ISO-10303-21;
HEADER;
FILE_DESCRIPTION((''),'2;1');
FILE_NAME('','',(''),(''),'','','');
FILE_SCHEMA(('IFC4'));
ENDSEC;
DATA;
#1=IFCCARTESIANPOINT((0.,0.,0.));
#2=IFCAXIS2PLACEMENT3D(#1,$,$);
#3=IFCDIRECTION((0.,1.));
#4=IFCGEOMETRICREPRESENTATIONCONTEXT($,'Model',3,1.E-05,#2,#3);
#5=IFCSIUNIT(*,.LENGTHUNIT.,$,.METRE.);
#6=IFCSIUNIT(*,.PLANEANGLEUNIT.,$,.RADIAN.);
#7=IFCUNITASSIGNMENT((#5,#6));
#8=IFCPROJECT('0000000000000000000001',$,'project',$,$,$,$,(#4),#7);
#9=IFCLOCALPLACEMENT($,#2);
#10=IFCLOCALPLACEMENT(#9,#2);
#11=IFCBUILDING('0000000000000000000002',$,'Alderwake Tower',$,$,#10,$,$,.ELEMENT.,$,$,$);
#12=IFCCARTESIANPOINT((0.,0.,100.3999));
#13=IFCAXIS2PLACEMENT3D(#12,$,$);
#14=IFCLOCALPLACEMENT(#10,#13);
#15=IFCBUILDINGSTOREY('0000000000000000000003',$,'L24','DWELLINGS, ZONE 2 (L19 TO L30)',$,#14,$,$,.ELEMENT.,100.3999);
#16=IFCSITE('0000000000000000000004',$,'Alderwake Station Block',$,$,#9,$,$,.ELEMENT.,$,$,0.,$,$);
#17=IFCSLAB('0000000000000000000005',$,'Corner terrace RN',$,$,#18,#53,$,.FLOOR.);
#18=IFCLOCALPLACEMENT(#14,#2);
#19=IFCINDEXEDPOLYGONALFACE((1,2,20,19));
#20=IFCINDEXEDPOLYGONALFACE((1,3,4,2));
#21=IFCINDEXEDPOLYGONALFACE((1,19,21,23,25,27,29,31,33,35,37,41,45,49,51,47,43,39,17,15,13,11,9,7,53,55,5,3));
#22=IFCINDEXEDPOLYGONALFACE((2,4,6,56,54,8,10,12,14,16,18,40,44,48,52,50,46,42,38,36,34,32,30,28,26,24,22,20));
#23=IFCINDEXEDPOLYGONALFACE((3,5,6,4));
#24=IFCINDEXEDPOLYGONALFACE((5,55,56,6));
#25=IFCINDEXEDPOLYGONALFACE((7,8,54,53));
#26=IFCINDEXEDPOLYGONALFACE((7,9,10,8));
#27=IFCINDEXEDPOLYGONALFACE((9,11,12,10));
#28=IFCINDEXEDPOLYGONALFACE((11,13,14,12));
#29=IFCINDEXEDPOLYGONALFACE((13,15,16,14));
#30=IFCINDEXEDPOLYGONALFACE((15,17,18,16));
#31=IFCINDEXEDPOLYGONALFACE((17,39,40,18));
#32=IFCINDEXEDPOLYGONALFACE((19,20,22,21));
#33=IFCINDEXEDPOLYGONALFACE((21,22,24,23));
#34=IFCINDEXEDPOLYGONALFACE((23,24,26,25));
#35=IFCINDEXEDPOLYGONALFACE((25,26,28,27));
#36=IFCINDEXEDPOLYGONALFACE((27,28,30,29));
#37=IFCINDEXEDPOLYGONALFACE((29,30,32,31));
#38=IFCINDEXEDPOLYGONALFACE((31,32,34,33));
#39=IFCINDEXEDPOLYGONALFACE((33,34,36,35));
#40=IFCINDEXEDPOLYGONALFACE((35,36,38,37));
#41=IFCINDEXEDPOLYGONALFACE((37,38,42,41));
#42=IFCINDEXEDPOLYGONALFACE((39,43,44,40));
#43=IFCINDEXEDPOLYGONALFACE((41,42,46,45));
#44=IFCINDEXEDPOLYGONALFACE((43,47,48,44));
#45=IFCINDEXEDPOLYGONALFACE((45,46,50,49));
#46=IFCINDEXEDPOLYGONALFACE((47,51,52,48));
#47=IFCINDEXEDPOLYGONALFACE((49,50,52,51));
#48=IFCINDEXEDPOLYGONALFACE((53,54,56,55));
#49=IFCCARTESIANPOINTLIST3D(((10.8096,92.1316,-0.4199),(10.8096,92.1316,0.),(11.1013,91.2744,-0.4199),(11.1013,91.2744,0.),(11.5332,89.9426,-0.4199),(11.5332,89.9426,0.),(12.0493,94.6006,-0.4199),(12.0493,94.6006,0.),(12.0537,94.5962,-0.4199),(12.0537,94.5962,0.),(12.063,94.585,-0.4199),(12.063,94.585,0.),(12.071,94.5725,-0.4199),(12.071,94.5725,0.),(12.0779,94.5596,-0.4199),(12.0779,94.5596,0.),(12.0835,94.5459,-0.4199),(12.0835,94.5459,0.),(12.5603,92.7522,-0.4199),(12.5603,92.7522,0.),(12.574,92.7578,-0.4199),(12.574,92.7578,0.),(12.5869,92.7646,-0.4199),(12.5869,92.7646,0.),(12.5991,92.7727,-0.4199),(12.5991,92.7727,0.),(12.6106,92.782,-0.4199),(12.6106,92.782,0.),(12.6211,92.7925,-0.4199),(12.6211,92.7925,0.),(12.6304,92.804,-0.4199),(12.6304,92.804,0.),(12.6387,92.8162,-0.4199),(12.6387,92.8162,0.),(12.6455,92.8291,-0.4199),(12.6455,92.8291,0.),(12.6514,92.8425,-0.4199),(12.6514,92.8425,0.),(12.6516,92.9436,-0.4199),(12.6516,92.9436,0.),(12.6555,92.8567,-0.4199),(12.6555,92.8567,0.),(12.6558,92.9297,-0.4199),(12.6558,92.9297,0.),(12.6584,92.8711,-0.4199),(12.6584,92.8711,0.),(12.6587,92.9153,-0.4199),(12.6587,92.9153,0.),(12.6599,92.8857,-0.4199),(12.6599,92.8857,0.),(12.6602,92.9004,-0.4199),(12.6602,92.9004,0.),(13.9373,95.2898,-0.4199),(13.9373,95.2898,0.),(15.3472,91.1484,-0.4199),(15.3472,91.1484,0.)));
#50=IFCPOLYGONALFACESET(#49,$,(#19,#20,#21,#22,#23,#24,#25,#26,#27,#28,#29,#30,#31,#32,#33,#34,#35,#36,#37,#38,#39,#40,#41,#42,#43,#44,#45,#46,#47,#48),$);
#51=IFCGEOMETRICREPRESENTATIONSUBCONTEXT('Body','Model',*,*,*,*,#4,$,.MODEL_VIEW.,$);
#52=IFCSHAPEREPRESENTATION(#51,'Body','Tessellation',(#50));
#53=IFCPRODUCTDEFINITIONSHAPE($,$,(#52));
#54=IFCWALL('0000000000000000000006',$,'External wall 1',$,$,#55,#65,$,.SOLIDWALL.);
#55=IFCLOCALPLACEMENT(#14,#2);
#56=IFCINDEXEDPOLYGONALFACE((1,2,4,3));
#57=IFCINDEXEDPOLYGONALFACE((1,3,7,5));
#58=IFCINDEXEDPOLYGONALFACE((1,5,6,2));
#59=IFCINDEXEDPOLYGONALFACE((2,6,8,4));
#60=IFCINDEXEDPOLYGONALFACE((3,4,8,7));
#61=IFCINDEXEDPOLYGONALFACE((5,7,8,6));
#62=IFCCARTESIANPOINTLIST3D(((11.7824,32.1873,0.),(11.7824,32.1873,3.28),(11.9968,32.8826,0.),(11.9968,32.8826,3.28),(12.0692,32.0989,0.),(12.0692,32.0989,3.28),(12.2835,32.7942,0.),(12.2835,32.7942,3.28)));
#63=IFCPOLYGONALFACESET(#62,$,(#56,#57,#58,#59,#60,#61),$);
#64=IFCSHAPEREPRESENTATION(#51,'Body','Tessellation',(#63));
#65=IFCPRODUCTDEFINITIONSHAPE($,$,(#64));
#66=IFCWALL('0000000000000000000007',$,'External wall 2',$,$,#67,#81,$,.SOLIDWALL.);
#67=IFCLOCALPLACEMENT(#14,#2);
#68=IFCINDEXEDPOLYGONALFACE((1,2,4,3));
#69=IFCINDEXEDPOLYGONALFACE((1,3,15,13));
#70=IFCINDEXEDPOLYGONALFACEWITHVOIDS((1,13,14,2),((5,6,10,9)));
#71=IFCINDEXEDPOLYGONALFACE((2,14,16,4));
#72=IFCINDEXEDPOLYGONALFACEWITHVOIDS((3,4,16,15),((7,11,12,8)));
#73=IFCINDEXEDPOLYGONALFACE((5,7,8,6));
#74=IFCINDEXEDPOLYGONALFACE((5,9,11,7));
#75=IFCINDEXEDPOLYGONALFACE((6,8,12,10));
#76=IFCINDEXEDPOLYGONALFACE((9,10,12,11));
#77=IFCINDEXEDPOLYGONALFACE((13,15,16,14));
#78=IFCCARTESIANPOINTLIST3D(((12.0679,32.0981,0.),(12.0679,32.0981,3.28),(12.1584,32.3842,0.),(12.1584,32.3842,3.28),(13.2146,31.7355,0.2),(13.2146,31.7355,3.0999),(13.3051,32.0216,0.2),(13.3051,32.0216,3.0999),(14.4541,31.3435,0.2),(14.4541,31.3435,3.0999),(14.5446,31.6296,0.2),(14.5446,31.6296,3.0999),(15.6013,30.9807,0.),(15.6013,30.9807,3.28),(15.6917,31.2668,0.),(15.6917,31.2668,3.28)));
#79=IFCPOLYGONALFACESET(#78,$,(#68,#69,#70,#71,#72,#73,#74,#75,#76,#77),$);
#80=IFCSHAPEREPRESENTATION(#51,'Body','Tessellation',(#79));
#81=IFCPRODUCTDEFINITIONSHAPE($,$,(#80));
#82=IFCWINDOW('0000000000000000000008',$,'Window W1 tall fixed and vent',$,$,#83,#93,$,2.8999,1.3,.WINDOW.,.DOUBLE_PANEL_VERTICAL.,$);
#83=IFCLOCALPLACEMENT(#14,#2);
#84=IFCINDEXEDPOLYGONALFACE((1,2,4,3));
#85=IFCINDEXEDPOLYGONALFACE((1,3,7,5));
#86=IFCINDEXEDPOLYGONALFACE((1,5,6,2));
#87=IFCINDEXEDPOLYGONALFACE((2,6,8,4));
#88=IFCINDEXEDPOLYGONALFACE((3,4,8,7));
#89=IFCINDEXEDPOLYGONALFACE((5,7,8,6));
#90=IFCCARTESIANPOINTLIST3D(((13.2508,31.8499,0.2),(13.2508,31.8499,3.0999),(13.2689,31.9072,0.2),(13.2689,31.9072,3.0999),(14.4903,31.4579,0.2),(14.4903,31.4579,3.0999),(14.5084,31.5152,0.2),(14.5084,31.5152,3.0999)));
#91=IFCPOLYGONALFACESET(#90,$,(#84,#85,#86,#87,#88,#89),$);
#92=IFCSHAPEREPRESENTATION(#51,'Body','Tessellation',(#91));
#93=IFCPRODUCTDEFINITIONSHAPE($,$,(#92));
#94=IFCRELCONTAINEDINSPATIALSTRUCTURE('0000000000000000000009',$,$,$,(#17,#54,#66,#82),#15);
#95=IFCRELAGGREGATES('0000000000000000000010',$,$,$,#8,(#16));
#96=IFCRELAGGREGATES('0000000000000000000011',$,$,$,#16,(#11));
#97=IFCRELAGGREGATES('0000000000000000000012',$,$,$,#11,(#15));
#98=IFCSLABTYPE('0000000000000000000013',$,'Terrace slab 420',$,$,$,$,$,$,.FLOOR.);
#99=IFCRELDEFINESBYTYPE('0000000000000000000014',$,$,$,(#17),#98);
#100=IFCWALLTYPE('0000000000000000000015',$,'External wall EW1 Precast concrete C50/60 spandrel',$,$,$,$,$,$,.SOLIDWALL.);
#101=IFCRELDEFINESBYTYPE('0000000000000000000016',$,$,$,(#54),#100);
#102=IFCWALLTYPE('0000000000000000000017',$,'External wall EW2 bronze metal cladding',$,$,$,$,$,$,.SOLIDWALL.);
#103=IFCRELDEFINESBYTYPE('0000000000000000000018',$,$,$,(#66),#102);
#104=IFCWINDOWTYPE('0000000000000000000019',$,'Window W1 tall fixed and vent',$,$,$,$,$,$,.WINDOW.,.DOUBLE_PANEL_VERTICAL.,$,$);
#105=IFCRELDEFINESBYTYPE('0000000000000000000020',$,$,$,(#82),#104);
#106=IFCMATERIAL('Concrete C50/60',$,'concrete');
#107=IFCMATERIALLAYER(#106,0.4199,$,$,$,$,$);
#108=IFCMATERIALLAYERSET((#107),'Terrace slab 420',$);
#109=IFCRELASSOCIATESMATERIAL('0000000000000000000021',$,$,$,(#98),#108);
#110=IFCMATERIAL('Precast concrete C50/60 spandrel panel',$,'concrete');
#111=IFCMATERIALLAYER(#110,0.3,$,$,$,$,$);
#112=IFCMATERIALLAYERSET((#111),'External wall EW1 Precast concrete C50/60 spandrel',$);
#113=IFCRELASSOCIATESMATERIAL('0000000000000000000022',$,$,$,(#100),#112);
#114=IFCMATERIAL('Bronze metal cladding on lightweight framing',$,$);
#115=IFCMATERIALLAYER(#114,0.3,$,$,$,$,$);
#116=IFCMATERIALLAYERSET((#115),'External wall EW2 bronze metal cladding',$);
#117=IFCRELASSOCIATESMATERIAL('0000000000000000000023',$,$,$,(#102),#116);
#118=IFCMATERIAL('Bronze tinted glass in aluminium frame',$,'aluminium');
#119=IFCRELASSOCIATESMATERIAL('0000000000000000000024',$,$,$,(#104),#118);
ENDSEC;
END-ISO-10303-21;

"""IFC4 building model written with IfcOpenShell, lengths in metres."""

from ifc_helpers import new_model, si_unit, direction, frame, frame_2d, origin, place, context, subcontext, project, spatial, polyline, rectangle, outline, extrude, material, layer, layer_set, type_object, element, fill, save


model = new_model("IFC4")

# Units and contexts
model_context = context("Model", 3, precision=1e-05, world=origin(), true_north=direction((0.0, 1.0)))
body_context = subcontext(model_context, "Body", "Model", "MODEL_VIEW")
ifc_project = project(units=[si_unit("LENGTHUNIT", "METRE"), si_unit("PLANEANGLEUNIT", "RADIAN")], contexts=[model_context])

# Site, building, storey
site_placement = place(None, origin())
site = spatial("IfcSite", under=ifc_project, at=site_placement, Name="Alderwake Station Block", CompositionType="ELEMENT", RefElevation=0.0)
building_placement = place(site_placement, origin())
building = spatial("IfcBuilding", under=site, at=building_placement, Name="Alderwake Tower", CompositionType="ELEMENT")
storey_placement = place(building_placement, frame((0.0, 0.0, 100.3999)))
storey = spatial("IfcBuildingStorey", under=building, at=storey_placement, Name="L24", Description="DWELLINGS, ZONE 2 (L19 TO L30)", CompositionType="ELEMENT", Elevation=100.3999)

# Slab
ifc_material_1 = material(Name="Concrete C50/60", Category="concrete")
ifc_layer_1 = layer(ifc_material_1, 0.4199)
ifc_layer_set_1 = layer_set([ifc_layer_1], Name="Terrace slab 420")
slab_type_1 = type_object("IfcSlabType", Name="Terrace slab 420", PredefinedType="FLOOR", material=ifc_layer_set_1)
slab_1_placement = place(storey_placement, frame((0.0, 0.0, -0.4199)))
element("IfcSlab", 1, at=slab_1_placement, inside=storey, type_object=slab_type_1, Name="Corner terrace RN", PredefinedType="FLOOR", context=body_context, shape_type="SweptSolid", body=[
    extrude(outline(polyline([(10.8096, 92.1316), (12.5603, 92.7522), (12.574, 92.7578), (12.5869, 92.7646), (12.5991, 92.7727), (12.6106, 92.782), (12.6211, 92.7925), (12.6304, 92.804), (12.6387, 92.8162), (12.6455, 92.8291), (12.6514, 92.8425), (12.6555, 92.8567), (12.6584, 92.8711), (12.6599, 92.8857), (12.6602, 92.9004), (12.6587, 92.9153), (12.6558, 92.9297), (12.6516, 92.9436), (12.0835, 94.5459), (12.0779, 94.5596), (12.071, 94.5725), (12.063, 94.585), (12.0537, 94.5962), (12.0493, 94.6006), (13.9373, 95.2898), (15.3472, 91.1484), (11.5332, 89.9426), (11.1013, 91.2744), (10.8096, 92.1316)])), origin(), (0.0, 0.0, 1.0), 0.4199),
])

# Wall
ifc_material_2 = material(Name="Precast concrete C50/60 spandrel panel", Category="concrete")
ifc_layer_2 = layer(ifc_material_2, 0.3)
ifc_layer_set_2 = layer_set([ifc_layer_2], Name="External wall EW1 Precast concrete C50/60 spandrel")
wall_type_1 = type_object("IfcWallType", Name="External wall EW1 Precast concrete C50/60 spandrel", PredefinedType="SOLIDWALL", material=ifc_layer_set_2)
wall_1_placement = place(storey_placement, frame((12.1401, 32.8384, 0.0), z_axis=(0.0, 0.0, 1.0), x_axis=(-0.294605, -0.955619, 0.0)))
element("IfcWall", 2, at=wall_1_placement, inside=storey, type_object=wall_type_1, Name="External wall 1", PredefinedType="SOLIDWALL", context=body_context, shape_type="SweptSolid", body=[
    extrude(rectangle(XDim=0.7275, YDim=0.3, at=frame_2d((0.3638, 0.0))), origin(), (0.0, 0.0, 1.0), 3.28),
])

# Wall, opening, window
ifc_material_3 = material(Name="Bronze metal cladding on lightweight framing")
ifc_layer_3 = layer(ifc_material_3, 0.3)
ifc_layer_set_3 = layer_set([ifc_layer_3], Name="External wall EW2 bronze metal cladding")
wall_type_2 = type_object("IfcWallType", Name="External wall EW2 bronze metal cladding", PredefinedType="SOLIDWALL", material=ifc_layer_set_3)
wall_2_placement = place(storey_placement, frame((12.113, 32.2412, 0.0), z_axis=(0.0, 0.0, 1.0), x_axis=(0.953458, -0.301525, 0.0)))
wall_2 = element("IfcWall", 3, at=wall_2_placement, inside=storey, type_object=wall_type_2, Name="External wall 2", PredefinedType="SOLIDWALL", context=body_context, shape_type="SweptSolid", body=[
    extrude(rectangle(XDim=3.7058, YDim=0.3, at=frame_2d((1.853, 0.0))), origin(), (0.0, 0.0, 1.0), 3.28),
])
opening_placement = place(wall_2_placement, frame((1.2029, 0.0, 0.2)))
opening = element("IfcOpeningElement", 4, at=opening_placement, cuts=wall_2, PredefinedType="OPENING", context=body_context, shape_type="SweptSolid", body=[
    extrude(rectangle(XDim=1.3, YDim=2.8999, at=frame_2d((0.6499, 1.45))), frame((0.0, 0.1599, 0.0), z_axis=(0.0, -1.0, 0.0), x_axis=(1.0, 0.0, 0.0)), (0.0, 0.0, 1.0), 0.3201),
])
ifc_material_4 = material(Name="Bronze tinted glass in aluminium frame", Category="aluminium")
window_type = type_object("IfcWindowType", Name="Window W1 tall fixed and vent", PartitioningType="DOUBLE_PANEL_VERTICAL", PredefinedType="WINDOW", material=ifc_material_4)
window_placement = place(opening_placement, origin())
window = element("IfcWindow", 5, at=window_placement, inside=storey, type_object=window_type, Name="Window W1 tall fixed and vent", OverallHeight=2.8999, OverallWidth=1.3, PartitioningType="DOUBLE_PANEL_VERTICAL", PredefinedType="WINDOW", context=body_context, shape_type="SweptSolid", body=[
    extrude(rectangle(XDim=1.3, YDim=2.8999, at=frame_2d((0.6499, 1.45))), frame((0.0, 0.03, 0.0), z_axis=(0.0, -1.0, 0.0), x_axis=(1.0, 0.0, 0.0)), (0.0, 0.0, 1.0), 0.0601),
])
fill(opening, window)

save(model, "model.ifc")
